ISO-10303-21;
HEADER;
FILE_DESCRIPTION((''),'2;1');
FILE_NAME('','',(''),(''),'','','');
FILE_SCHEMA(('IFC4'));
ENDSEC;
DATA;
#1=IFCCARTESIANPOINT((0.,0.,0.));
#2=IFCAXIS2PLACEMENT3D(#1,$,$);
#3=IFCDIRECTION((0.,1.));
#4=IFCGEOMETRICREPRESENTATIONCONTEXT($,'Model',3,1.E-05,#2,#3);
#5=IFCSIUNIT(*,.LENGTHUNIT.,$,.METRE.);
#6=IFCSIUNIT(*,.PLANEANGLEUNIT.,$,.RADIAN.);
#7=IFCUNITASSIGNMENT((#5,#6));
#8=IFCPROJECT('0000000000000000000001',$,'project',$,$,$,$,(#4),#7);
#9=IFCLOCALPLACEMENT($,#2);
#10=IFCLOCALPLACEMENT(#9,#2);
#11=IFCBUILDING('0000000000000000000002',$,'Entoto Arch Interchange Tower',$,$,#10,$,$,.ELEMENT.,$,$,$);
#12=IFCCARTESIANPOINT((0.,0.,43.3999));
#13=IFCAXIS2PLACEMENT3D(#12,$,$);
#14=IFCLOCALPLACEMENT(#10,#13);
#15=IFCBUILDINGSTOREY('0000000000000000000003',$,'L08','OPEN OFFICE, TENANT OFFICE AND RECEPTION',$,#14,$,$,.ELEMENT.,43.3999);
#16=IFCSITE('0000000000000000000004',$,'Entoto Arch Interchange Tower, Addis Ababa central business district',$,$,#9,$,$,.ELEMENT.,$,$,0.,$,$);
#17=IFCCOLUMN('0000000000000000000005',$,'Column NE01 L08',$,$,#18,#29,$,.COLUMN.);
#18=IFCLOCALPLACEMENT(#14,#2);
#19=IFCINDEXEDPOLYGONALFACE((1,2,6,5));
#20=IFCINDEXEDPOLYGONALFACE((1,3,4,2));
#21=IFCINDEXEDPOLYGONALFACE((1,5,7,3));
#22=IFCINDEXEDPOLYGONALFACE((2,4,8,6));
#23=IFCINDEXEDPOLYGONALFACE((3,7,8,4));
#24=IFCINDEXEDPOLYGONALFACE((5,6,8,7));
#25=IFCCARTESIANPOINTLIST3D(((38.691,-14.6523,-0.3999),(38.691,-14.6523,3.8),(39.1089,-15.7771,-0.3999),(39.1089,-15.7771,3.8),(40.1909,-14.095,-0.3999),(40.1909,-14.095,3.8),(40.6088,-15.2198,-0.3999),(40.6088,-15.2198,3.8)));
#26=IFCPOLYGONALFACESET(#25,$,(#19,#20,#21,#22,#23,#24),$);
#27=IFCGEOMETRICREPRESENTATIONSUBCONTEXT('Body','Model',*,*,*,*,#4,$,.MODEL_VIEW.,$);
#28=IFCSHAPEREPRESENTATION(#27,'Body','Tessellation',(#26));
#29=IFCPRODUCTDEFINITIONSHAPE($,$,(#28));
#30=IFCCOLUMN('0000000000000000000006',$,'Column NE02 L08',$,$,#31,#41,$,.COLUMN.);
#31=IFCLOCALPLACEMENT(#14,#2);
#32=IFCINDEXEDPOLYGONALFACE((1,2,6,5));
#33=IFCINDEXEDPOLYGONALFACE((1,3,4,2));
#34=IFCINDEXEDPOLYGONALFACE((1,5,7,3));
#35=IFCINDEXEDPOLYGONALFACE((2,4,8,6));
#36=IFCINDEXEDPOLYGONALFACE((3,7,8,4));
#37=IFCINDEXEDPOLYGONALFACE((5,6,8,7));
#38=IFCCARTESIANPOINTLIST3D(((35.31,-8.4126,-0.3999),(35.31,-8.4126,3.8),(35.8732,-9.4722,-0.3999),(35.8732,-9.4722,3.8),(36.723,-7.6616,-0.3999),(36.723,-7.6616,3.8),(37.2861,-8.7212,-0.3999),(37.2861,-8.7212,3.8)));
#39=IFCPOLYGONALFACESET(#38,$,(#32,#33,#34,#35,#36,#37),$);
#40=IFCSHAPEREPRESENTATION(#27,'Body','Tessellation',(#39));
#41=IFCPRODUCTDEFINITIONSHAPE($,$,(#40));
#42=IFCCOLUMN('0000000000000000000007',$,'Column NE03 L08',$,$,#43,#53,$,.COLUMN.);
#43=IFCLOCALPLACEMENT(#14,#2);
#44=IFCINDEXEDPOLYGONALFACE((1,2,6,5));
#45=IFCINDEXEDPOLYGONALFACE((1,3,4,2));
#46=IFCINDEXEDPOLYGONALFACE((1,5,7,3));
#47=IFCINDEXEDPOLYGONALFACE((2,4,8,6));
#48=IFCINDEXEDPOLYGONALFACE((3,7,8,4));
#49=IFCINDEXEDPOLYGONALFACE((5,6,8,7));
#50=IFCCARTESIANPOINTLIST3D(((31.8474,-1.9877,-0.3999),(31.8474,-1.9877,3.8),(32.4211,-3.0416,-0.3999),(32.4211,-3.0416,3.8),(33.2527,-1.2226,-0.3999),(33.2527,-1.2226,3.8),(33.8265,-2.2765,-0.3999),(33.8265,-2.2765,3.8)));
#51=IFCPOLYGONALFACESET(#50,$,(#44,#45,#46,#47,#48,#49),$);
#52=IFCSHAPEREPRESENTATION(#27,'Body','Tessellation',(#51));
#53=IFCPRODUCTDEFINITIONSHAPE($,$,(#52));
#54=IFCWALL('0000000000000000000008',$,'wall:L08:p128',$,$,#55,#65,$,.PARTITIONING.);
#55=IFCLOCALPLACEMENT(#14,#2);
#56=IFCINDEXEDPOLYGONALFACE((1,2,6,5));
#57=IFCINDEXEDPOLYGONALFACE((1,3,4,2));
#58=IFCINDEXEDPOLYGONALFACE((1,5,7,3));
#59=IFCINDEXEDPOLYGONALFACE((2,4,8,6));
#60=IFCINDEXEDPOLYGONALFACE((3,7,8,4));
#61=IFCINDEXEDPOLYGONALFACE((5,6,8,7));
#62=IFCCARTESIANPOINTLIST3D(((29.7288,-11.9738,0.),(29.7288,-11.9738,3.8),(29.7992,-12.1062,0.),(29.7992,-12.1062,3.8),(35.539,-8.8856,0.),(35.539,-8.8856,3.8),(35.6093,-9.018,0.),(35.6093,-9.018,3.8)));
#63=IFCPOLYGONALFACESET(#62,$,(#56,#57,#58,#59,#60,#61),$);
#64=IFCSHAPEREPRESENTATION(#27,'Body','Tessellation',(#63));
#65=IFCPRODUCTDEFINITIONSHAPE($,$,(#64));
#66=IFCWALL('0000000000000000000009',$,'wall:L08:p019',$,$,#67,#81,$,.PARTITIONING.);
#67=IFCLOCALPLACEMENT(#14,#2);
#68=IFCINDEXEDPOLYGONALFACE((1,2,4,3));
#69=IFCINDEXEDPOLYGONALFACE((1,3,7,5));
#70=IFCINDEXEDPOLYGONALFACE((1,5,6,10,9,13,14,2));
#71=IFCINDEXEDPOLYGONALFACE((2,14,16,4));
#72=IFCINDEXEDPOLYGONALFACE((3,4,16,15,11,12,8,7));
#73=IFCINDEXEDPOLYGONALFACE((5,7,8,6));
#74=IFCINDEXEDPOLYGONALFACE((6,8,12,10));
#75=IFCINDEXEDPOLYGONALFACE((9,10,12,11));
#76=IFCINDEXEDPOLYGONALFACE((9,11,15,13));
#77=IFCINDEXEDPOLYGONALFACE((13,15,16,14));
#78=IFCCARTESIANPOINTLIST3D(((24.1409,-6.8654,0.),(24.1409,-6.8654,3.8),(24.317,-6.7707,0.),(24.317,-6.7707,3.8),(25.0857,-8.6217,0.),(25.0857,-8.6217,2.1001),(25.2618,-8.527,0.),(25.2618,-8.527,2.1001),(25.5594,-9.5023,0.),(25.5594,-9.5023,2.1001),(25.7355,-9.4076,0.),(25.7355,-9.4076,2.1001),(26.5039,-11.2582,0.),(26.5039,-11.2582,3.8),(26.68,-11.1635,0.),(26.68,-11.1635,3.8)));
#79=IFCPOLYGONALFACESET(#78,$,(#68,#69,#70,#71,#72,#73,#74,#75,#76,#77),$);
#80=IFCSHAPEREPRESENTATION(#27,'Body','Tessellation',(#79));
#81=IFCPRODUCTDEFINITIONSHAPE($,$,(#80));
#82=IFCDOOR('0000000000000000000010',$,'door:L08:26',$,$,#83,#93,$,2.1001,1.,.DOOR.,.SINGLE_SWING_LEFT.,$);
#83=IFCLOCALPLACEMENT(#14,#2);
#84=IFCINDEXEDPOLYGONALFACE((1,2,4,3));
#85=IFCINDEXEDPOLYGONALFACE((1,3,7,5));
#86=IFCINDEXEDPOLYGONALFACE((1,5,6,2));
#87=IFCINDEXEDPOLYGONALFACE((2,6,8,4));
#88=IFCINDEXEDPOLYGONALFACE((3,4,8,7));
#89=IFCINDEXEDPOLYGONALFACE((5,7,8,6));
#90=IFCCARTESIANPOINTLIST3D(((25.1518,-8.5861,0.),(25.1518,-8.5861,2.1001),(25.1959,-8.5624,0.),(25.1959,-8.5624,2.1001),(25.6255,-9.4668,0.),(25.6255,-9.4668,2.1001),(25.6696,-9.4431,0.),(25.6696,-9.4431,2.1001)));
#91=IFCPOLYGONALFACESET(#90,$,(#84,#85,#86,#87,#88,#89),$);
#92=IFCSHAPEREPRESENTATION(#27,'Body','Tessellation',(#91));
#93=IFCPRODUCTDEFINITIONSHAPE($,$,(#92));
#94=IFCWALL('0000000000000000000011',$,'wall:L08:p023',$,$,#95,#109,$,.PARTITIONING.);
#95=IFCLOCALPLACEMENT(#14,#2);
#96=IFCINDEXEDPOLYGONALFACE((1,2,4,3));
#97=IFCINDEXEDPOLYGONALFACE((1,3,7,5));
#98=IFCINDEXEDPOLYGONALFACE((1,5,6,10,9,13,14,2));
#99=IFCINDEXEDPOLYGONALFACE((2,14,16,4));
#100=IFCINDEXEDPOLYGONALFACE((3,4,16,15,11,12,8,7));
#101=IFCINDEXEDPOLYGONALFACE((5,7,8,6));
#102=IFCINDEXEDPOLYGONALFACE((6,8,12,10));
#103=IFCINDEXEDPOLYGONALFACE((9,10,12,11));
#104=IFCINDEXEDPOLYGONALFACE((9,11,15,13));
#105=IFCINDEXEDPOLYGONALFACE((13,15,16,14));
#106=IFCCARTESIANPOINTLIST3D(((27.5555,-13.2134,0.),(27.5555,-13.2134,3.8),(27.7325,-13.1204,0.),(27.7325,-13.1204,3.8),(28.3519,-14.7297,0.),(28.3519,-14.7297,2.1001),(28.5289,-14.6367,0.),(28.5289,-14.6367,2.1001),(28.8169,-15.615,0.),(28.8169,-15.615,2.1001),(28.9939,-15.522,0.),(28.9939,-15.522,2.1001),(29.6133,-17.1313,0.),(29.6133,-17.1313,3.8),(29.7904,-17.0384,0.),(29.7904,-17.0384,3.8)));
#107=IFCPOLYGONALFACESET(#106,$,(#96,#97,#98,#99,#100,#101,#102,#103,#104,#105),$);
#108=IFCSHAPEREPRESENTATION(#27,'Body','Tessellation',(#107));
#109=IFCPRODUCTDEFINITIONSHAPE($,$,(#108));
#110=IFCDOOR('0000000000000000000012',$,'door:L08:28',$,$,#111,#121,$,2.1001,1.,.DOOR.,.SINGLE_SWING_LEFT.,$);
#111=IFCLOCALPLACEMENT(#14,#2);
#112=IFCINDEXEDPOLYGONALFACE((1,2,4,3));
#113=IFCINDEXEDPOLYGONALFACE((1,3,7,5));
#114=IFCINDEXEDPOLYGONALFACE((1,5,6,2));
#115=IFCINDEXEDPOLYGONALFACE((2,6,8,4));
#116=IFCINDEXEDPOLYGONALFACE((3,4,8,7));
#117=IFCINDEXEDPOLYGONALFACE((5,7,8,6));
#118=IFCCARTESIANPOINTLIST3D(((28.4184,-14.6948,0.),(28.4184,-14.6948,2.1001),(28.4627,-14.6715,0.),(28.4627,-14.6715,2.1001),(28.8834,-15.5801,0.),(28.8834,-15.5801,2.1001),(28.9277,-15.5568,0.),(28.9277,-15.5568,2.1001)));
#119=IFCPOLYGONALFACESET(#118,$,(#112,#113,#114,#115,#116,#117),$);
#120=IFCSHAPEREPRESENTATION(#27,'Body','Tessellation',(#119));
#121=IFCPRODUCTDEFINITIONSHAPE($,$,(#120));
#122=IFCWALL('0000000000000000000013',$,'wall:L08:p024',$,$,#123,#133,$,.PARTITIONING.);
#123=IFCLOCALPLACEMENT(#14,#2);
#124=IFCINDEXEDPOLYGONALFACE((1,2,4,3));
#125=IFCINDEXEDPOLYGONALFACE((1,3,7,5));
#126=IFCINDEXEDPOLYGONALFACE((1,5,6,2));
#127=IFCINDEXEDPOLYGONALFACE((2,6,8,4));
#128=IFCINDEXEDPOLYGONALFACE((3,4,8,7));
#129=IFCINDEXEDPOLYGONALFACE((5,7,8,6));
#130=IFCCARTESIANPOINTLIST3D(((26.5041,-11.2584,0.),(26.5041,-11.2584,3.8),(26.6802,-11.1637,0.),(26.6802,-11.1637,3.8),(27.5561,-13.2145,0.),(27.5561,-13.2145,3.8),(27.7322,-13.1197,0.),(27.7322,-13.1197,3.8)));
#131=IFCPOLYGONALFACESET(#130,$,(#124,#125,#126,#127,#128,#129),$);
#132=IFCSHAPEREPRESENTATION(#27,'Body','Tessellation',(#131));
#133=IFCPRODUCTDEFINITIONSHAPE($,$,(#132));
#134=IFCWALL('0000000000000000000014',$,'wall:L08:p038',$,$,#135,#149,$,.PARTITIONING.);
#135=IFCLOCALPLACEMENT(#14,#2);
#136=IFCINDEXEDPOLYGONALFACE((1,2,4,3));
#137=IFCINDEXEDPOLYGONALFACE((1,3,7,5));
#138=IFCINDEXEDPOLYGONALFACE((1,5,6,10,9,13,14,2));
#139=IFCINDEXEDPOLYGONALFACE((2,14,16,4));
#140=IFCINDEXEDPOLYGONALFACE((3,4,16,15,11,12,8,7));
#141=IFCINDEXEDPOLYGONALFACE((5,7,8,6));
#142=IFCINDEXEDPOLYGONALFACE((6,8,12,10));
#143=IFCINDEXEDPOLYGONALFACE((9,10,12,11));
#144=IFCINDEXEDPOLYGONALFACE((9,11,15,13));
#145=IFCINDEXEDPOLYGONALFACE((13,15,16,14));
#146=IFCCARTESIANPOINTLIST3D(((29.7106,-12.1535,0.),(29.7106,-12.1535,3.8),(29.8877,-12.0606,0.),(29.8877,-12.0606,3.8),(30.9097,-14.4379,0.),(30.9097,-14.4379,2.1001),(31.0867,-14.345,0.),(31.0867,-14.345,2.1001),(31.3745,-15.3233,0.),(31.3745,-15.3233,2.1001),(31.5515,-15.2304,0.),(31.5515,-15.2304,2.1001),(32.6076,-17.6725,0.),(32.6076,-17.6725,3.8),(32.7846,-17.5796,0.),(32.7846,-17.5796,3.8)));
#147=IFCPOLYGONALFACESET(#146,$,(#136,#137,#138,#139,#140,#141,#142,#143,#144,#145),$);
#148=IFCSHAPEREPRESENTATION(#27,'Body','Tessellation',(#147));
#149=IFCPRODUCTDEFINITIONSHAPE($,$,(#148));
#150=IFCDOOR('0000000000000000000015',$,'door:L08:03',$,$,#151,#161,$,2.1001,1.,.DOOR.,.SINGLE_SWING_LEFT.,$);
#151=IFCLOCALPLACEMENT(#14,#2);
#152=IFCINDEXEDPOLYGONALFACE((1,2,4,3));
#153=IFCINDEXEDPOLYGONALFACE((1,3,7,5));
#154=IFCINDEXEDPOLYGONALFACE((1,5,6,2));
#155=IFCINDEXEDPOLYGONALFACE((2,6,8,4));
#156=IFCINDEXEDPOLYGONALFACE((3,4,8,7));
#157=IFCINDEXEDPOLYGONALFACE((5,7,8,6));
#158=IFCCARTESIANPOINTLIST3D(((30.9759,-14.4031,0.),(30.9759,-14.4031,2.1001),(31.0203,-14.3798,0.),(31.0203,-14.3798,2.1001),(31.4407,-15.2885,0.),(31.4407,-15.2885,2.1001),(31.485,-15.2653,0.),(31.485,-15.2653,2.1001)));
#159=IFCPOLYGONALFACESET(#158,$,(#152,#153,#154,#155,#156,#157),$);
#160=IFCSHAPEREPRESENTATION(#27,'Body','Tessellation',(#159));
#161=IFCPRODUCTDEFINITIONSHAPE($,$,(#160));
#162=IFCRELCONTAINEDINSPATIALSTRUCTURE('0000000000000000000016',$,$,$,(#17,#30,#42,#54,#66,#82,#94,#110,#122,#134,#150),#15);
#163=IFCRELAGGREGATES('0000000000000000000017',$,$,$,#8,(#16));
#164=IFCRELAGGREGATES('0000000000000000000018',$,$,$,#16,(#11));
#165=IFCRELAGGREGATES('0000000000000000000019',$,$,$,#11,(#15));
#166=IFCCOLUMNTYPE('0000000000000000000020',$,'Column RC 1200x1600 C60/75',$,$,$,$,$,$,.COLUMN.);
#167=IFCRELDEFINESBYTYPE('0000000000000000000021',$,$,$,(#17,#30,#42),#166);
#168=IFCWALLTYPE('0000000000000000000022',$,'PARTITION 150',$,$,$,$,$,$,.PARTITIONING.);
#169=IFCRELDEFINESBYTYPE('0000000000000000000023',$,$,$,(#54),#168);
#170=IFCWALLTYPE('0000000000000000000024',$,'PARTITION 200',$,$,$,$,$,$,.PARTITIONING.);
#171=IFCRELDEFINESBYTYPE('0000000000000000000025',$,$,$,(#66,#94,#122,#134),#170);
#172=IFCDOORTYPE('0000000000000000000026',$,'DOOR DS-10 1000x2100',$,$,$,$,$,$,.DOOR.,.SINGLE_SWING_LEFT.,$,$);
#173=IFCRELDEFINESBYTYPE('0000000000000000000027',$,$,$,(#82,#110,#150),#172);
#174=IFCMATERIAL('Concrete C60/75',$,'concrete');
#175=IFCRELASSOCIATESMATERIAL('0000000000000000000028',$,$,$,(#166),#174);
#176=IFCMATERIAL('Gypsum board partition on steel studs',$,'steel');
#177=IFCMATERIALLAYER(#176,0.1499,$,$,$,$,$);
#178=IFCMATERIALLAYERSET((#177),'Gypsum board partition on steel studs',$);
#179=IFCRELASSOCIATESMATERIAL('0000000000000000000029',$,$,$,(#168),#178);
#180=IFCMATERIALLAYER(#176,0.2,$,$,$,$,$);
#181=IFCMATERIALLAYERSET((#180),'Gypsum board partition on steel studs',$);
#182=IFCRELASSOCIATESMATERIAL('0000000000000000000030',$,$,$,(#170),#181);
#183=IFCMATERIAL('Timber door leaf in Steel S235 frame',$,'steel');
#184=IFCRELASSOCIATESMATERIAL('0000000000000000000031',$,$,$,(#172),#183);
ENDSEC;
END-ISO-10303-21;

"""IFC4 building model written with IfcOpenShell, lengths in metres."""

from ifc_helpers import new_model, si_unit, direction, frame, frame_2d, origin, origin_2d, place, context, subcontext, project, spatial, rectangle, extrude, material, layer, layer_set, material_profile, profile_set, type_object, element, fill, save


model = new_model("IFC4")

# Units and contexts
model_context = context("Model", 3, precision=1e-05, world=origin(), true_north=direction((0.0, 1.0)))
body_context = subcontext(model_context, "Body", "Model", "MODEL_VIEW")
ifc_project = project(units=[si_unit("LENGTHUNIT", "METRE"), si_unit("PLANEANGLEUNIT", "RADIAN")], contexts=[model_context])

# Site, building, storey
site_placement = place(None, origin())
site = spatial("IfcSite", under=ifc_project, at=site_placement, Name="Entoto Arch Interchange Tower, Addis Ababa central business district", CompositionType="ELEMENT", RefElevation=0.0)
building_placement = place(site_placement, origin())
building = spatial("IfcBuilding", under=site, at=building_placement, Name="Entoto Arch Interchange Tower", CompositionType="ELEMENT")
storey_placement = place(building_placement, frame((0.0, 0.0, 43.3999)))
storey = spatial("IfcBuildingStorey", under=building, at=storey_placement, Name="L08", Description="OPEN OFFICE, TENANT OFFICE AND RECEPTION", CompositionType="ELEMENT", Elevation=43.3999)

# Columns
ifc_material_1 = material(Name="Concrete C60/75", Category="concrete")
ifc_material_profile = material_profile(ifc_material_1, rectangle(XDim=1.2, YDim=1.6001, at=origin_2d()))
ifc_profile_set = profile_set([ifc_material_profile], Name="Concrete C60/75")
column_type = type_object("IfcColumnType", Name="Column RC 1200x1600 C60/75", PredefinedType="COLUMN", material=ifc_profile_set)
for number, where, z_axis, x_axis, name in (
    (1, (39.6499, -14.936, -0.3999), (0.0, 0.0, 1.0), (-0.348278, 0.937391, 0.0), "Column NE01 L08"),
    (2, (36.2981, -8.5669, -0.3999), (0.0, 0.0, 1.0), (-0.469317, 0.88303, 0.0), "Column NE02 L08"),
    (3, (32.8369, -2.1321, -0.3999), (0.0, 0.0, 1.0), (-0.47814, 0.878284, 0.0), "Column NE03 L08"),
):
    element("IfcColumn", number, at=place(storey_placement, frame(where, z_axis=z_axis, x_axis=x_axis)), inside=storey, type_object=column_type, Name=name, PredefinedType="COLUMN", context=body_context, shape_type="SweptSolid", body=[
        extrude(rectangle(XDim=1.2, YDim=1.6001, at=origin_2d()), origin(), (0.0, 0.0, 1.0), 4.2),
    ])

# Wall
ifc_material_2 = material(Name="Gypsum board partition on steel studs", Category="steel")
ifc_layer_1 = layer(ifc_material_2, 0.1499)
ifc_layer_set_1 = layer_set([ifc_layer_1], Name="Gypsum board partition on steel studs")
wall_type_1 = type_object("IfcWallType", Name="PARTITION 150", PredefinedType="PARTITIONING", material=ifc_layer_set_1)
wall_1_placement = place(storey_placement, frame((29.7639, -12.04, 0.0), z_axis=(0.0, 0.0, 1.0), x_axis=(0.883019, 0.469338, 0.0)))
element("IfcWall", 4, at=wall_1_placement, inside=storey, type_object=wall_type_1, Name="wall:L08:p128", PredefinedType="PARTITIONING", context=body_context, shape_type="SweptSolid", body=[
    extrude(rectangle(XDim=6.5798, YDim=0.1499, at=frame_2d((3.29, 0.0))), origin(), (0.0, 0.0, 1.0), 3.8),
])

# Walls, openings, doors
ifc_layer_2 = layer(ifc_material_2, 0.2)
ifc_layer_set_2 = layer_set([ifc_layer_2], Name="Gypsum board partition on steel studs")
wall_type_2 = type_object("IfcWallType", Name="PARTITION 200", PredefinedType="PARTITIONING", material=ifc_layer_set_2)
wall_2_placement = place(storey_placement, frame((26.592, -11.2109, 0.0), z_axis=(0.0, 0.0, 1.0), x_axis=(-0.473738, 0.880666, 0.0)))
wall_2 = element("IfcWall", 5, at=wall_2_placement, inside=storey, type_object=wall_type_2, Name="wall:L08:p019", PredefinedType="PARTITIONING", context=body_context, shape_type="SweptSolid", body=[
    extrude(rectangle(XDim=4.988, YDim=0.2, at=frame_2d((2.4941, 0.0))), origin(), (0.0, 0.0, 1.0), 3.8),
])
opening_1_placement = place(wall_2_placement, frame((1.9939, 0.0, 0.0)))
opening_1 = element("IfcOpeningElement", 6, at=opening_1_placement, cuts=wall_2, PredefinedType="OPENING", context=body_context, shape_type="SweptSolid", body=[
    extrude(rectangle(XDim=1.0, YDim=2.1001, at=frame_2d((0.5, 1.05))), frame((0.0, 0.1099, 0.0), z_axis=(0.0, -1.0, 0.0), x_axis=(1.0, 0.0, 0.0)), (0.0, 0.0, 1.0), 0.22),
])
ifc_material_3 = material(Name="Timber door leaf in Steel S235 frame", Category="steel")
door_type = type_object("IfcDoorType", Name="DOOR DS-10 1000x2100", OperationType="SINGLE_SWING_LEFT", PredefinedType="DOOR", material=ifc_material_3)
door_1_placement = place(opening_1_placement, origin())
door_1 = element("IfcDoor", 7, at=door_1_placement, inside=storey, type_object=door_type, Name="door:L08:26", OperationType="SINGLE_SWING_LEFT", OverallHeight=2.1001, OverallWidth=1.0, PredefinedType="DOOR", context=body_context, shape_type="SweptSolid", body=[
    extrude(rectangle(XDim=1.0, YDim=2.1001, at=frame_2d((0.5, 1.05))), frame((0.0, 0.0249, 0.0), z_axis=(0.0, -1.0, 0.0), x_axis=(1.0, 0.0, 0.0)), (0.0, 0.0, 1.0), 0.05),
])
fill(opening_1, door_1)
wall_3_placement = place(storey_placement, frame((29.7019, -17.085, 0.0), z_axis=(0.0, 0.0, 1.0), x_axis=(-0.464998, 0.885312, 0.0)))
wall_3 = element("IfcWall", 8, at=wall_3_placement, inside=storey, type_object=wall_type_2, Name="wall:L08:p023", PredefinedType="PARTITIONING", context=body_context, shape_type="SweptSolid", body=[
    extrude(rectangle(XDim=4.4255, YDim=0.2, at=frame_2d((2.2129, 0.0))), origin(), (0.0, 0.0, 1.0), 3.8),
])
opening_2_placement = place(wall_3_placement, frame((1.7129, 0.0, 0.0)))
opening_2 = element("IfcOpeningElement", 9, at=opening_2_placement, cuts=wall_3, PredefinedType="OPENING", context=body_context, shape_type="SweptSolid", body=[
    extrude(rectangle(XDim=1.0, YDim=2.1001, at=frame_2d((0.5, 1.05))), frame((0.0, 0.1099, 0.0), z_axis=(0.0, -1.0, 0.0), x_axis=(1.0, 0.0, 0.0)), (0.0, 0.0, 1.0), 0.22),
])
door_2_placement = place(opening_2_placement, origin())
door_2 = element("IfcDoor", 10, at=door_2_placement, inside=storey, type_object=door_type, Name="door:L08:28", OperationType="SINGLE_SWING_LEFT", OverallHeight=2.1001, OverallWidth=1.0, PredefinedType="DOOR", context=body_context, shape_type="SweptSolid", body=[
    extrude(rectangle(XDim=1.0, YDim=2.1001, at=frame_2d((0.5, 1.05))), frame((0.0, 0.0249, 0.0), z_axis=(0.0, -1.0, 0.0), x_axis=(1.0, 0.0, 0.0)), (0.0, 0.0, 1.0), 0.05),
])
fill(opening_2, door_2)

# Wall
wall_4_placement = place(storey_placement, frame((27.644, -13.167, 0.0), z_axis=(0.0, 0.0, 1.0), x_axis=(-0.473661, 0.880707, 0.0)))
element("IfcWall", 11, at=wall_4_placement, inside=storey, type_object=wall_type_2, Name="wall:L08:p024", PredefinedType="PARTITIONING", context=body_context, shape_type="SweptSolid", body=[
    extrude(rectangle(XDim=2.2209, YDim=0.2, at=frame_2d((1.1104, 0.0))), origin(), (0.0, 0.0, 1.0), 3.8),
])

# Wall, opening, door
wall_5_placement = place(storey_placement, frame((29.7991, -12.1069, 0.0), z_axis=(0.0, 0.0, 1.0), x_axis=(0.464768, -0.885433, 0.0)))
wall_5 = element("IfcWall", 12, at=wall_5_placement, inside=storey, type_object=wall_type_2, Name="wall:L08:p038", PredefinedType="PARTITIONING", context=body_context, shape_type="SweptSolid", body=[
    extrude(rectangle(XDim=6.2332, YDim=0.2, at=frame_2d((3.1167, 0.0))), origin(), (0.0, 0.0, 1.0), 3.8),
])
opening_3_placement = place(wall_5_placement, frame((2.5801, 0.0, 0.0)))
opening_3 = element("IfcOpeningElement", 13, at=opening_3_placement, cuts=wall_5, PredefinedType="OPENING", context=body_context, shape_type="SweptSolid", body=[
    extrude(rectangle(XDim=1.0, YDim=2.1001, at=frame_2d((0.5, 1.05))), frame((0.0, 0.1099, 0.0), z_axis=(0.0, -1.0, 0.0), x_axis=(1.0, 0.0, 0.0)), (0.0, 0.0, 1.0), 0.22),
])
door_3_placement = place(opening_3_placement, origin())
door_3 = element("IfcDoor", 14, at=door_3_placement, inside=storey, type_object=door_type, Name="door:L08:03", OperationType="SINGLE_SWING_LEFT", OverallHeight=2.1001, OverallWidth=1.0, PredefinedType="DOOR", context=body_context, shape_type="SweptSolid", body=[
    extrude(rectangle(XDim=1.0, YDim=2.1001, at=frame_2d((0.5, 1.05))), frame((0.0, 0.0249, 0.0), z_axis=(0.0, -1.0, 0.0), x_axis=(1.0, 0.0, 0.0)), (0.0, 0.0, 1.0), 0.05),
])
fill(opening_3, door_3)

save(model, "model.ifc")
